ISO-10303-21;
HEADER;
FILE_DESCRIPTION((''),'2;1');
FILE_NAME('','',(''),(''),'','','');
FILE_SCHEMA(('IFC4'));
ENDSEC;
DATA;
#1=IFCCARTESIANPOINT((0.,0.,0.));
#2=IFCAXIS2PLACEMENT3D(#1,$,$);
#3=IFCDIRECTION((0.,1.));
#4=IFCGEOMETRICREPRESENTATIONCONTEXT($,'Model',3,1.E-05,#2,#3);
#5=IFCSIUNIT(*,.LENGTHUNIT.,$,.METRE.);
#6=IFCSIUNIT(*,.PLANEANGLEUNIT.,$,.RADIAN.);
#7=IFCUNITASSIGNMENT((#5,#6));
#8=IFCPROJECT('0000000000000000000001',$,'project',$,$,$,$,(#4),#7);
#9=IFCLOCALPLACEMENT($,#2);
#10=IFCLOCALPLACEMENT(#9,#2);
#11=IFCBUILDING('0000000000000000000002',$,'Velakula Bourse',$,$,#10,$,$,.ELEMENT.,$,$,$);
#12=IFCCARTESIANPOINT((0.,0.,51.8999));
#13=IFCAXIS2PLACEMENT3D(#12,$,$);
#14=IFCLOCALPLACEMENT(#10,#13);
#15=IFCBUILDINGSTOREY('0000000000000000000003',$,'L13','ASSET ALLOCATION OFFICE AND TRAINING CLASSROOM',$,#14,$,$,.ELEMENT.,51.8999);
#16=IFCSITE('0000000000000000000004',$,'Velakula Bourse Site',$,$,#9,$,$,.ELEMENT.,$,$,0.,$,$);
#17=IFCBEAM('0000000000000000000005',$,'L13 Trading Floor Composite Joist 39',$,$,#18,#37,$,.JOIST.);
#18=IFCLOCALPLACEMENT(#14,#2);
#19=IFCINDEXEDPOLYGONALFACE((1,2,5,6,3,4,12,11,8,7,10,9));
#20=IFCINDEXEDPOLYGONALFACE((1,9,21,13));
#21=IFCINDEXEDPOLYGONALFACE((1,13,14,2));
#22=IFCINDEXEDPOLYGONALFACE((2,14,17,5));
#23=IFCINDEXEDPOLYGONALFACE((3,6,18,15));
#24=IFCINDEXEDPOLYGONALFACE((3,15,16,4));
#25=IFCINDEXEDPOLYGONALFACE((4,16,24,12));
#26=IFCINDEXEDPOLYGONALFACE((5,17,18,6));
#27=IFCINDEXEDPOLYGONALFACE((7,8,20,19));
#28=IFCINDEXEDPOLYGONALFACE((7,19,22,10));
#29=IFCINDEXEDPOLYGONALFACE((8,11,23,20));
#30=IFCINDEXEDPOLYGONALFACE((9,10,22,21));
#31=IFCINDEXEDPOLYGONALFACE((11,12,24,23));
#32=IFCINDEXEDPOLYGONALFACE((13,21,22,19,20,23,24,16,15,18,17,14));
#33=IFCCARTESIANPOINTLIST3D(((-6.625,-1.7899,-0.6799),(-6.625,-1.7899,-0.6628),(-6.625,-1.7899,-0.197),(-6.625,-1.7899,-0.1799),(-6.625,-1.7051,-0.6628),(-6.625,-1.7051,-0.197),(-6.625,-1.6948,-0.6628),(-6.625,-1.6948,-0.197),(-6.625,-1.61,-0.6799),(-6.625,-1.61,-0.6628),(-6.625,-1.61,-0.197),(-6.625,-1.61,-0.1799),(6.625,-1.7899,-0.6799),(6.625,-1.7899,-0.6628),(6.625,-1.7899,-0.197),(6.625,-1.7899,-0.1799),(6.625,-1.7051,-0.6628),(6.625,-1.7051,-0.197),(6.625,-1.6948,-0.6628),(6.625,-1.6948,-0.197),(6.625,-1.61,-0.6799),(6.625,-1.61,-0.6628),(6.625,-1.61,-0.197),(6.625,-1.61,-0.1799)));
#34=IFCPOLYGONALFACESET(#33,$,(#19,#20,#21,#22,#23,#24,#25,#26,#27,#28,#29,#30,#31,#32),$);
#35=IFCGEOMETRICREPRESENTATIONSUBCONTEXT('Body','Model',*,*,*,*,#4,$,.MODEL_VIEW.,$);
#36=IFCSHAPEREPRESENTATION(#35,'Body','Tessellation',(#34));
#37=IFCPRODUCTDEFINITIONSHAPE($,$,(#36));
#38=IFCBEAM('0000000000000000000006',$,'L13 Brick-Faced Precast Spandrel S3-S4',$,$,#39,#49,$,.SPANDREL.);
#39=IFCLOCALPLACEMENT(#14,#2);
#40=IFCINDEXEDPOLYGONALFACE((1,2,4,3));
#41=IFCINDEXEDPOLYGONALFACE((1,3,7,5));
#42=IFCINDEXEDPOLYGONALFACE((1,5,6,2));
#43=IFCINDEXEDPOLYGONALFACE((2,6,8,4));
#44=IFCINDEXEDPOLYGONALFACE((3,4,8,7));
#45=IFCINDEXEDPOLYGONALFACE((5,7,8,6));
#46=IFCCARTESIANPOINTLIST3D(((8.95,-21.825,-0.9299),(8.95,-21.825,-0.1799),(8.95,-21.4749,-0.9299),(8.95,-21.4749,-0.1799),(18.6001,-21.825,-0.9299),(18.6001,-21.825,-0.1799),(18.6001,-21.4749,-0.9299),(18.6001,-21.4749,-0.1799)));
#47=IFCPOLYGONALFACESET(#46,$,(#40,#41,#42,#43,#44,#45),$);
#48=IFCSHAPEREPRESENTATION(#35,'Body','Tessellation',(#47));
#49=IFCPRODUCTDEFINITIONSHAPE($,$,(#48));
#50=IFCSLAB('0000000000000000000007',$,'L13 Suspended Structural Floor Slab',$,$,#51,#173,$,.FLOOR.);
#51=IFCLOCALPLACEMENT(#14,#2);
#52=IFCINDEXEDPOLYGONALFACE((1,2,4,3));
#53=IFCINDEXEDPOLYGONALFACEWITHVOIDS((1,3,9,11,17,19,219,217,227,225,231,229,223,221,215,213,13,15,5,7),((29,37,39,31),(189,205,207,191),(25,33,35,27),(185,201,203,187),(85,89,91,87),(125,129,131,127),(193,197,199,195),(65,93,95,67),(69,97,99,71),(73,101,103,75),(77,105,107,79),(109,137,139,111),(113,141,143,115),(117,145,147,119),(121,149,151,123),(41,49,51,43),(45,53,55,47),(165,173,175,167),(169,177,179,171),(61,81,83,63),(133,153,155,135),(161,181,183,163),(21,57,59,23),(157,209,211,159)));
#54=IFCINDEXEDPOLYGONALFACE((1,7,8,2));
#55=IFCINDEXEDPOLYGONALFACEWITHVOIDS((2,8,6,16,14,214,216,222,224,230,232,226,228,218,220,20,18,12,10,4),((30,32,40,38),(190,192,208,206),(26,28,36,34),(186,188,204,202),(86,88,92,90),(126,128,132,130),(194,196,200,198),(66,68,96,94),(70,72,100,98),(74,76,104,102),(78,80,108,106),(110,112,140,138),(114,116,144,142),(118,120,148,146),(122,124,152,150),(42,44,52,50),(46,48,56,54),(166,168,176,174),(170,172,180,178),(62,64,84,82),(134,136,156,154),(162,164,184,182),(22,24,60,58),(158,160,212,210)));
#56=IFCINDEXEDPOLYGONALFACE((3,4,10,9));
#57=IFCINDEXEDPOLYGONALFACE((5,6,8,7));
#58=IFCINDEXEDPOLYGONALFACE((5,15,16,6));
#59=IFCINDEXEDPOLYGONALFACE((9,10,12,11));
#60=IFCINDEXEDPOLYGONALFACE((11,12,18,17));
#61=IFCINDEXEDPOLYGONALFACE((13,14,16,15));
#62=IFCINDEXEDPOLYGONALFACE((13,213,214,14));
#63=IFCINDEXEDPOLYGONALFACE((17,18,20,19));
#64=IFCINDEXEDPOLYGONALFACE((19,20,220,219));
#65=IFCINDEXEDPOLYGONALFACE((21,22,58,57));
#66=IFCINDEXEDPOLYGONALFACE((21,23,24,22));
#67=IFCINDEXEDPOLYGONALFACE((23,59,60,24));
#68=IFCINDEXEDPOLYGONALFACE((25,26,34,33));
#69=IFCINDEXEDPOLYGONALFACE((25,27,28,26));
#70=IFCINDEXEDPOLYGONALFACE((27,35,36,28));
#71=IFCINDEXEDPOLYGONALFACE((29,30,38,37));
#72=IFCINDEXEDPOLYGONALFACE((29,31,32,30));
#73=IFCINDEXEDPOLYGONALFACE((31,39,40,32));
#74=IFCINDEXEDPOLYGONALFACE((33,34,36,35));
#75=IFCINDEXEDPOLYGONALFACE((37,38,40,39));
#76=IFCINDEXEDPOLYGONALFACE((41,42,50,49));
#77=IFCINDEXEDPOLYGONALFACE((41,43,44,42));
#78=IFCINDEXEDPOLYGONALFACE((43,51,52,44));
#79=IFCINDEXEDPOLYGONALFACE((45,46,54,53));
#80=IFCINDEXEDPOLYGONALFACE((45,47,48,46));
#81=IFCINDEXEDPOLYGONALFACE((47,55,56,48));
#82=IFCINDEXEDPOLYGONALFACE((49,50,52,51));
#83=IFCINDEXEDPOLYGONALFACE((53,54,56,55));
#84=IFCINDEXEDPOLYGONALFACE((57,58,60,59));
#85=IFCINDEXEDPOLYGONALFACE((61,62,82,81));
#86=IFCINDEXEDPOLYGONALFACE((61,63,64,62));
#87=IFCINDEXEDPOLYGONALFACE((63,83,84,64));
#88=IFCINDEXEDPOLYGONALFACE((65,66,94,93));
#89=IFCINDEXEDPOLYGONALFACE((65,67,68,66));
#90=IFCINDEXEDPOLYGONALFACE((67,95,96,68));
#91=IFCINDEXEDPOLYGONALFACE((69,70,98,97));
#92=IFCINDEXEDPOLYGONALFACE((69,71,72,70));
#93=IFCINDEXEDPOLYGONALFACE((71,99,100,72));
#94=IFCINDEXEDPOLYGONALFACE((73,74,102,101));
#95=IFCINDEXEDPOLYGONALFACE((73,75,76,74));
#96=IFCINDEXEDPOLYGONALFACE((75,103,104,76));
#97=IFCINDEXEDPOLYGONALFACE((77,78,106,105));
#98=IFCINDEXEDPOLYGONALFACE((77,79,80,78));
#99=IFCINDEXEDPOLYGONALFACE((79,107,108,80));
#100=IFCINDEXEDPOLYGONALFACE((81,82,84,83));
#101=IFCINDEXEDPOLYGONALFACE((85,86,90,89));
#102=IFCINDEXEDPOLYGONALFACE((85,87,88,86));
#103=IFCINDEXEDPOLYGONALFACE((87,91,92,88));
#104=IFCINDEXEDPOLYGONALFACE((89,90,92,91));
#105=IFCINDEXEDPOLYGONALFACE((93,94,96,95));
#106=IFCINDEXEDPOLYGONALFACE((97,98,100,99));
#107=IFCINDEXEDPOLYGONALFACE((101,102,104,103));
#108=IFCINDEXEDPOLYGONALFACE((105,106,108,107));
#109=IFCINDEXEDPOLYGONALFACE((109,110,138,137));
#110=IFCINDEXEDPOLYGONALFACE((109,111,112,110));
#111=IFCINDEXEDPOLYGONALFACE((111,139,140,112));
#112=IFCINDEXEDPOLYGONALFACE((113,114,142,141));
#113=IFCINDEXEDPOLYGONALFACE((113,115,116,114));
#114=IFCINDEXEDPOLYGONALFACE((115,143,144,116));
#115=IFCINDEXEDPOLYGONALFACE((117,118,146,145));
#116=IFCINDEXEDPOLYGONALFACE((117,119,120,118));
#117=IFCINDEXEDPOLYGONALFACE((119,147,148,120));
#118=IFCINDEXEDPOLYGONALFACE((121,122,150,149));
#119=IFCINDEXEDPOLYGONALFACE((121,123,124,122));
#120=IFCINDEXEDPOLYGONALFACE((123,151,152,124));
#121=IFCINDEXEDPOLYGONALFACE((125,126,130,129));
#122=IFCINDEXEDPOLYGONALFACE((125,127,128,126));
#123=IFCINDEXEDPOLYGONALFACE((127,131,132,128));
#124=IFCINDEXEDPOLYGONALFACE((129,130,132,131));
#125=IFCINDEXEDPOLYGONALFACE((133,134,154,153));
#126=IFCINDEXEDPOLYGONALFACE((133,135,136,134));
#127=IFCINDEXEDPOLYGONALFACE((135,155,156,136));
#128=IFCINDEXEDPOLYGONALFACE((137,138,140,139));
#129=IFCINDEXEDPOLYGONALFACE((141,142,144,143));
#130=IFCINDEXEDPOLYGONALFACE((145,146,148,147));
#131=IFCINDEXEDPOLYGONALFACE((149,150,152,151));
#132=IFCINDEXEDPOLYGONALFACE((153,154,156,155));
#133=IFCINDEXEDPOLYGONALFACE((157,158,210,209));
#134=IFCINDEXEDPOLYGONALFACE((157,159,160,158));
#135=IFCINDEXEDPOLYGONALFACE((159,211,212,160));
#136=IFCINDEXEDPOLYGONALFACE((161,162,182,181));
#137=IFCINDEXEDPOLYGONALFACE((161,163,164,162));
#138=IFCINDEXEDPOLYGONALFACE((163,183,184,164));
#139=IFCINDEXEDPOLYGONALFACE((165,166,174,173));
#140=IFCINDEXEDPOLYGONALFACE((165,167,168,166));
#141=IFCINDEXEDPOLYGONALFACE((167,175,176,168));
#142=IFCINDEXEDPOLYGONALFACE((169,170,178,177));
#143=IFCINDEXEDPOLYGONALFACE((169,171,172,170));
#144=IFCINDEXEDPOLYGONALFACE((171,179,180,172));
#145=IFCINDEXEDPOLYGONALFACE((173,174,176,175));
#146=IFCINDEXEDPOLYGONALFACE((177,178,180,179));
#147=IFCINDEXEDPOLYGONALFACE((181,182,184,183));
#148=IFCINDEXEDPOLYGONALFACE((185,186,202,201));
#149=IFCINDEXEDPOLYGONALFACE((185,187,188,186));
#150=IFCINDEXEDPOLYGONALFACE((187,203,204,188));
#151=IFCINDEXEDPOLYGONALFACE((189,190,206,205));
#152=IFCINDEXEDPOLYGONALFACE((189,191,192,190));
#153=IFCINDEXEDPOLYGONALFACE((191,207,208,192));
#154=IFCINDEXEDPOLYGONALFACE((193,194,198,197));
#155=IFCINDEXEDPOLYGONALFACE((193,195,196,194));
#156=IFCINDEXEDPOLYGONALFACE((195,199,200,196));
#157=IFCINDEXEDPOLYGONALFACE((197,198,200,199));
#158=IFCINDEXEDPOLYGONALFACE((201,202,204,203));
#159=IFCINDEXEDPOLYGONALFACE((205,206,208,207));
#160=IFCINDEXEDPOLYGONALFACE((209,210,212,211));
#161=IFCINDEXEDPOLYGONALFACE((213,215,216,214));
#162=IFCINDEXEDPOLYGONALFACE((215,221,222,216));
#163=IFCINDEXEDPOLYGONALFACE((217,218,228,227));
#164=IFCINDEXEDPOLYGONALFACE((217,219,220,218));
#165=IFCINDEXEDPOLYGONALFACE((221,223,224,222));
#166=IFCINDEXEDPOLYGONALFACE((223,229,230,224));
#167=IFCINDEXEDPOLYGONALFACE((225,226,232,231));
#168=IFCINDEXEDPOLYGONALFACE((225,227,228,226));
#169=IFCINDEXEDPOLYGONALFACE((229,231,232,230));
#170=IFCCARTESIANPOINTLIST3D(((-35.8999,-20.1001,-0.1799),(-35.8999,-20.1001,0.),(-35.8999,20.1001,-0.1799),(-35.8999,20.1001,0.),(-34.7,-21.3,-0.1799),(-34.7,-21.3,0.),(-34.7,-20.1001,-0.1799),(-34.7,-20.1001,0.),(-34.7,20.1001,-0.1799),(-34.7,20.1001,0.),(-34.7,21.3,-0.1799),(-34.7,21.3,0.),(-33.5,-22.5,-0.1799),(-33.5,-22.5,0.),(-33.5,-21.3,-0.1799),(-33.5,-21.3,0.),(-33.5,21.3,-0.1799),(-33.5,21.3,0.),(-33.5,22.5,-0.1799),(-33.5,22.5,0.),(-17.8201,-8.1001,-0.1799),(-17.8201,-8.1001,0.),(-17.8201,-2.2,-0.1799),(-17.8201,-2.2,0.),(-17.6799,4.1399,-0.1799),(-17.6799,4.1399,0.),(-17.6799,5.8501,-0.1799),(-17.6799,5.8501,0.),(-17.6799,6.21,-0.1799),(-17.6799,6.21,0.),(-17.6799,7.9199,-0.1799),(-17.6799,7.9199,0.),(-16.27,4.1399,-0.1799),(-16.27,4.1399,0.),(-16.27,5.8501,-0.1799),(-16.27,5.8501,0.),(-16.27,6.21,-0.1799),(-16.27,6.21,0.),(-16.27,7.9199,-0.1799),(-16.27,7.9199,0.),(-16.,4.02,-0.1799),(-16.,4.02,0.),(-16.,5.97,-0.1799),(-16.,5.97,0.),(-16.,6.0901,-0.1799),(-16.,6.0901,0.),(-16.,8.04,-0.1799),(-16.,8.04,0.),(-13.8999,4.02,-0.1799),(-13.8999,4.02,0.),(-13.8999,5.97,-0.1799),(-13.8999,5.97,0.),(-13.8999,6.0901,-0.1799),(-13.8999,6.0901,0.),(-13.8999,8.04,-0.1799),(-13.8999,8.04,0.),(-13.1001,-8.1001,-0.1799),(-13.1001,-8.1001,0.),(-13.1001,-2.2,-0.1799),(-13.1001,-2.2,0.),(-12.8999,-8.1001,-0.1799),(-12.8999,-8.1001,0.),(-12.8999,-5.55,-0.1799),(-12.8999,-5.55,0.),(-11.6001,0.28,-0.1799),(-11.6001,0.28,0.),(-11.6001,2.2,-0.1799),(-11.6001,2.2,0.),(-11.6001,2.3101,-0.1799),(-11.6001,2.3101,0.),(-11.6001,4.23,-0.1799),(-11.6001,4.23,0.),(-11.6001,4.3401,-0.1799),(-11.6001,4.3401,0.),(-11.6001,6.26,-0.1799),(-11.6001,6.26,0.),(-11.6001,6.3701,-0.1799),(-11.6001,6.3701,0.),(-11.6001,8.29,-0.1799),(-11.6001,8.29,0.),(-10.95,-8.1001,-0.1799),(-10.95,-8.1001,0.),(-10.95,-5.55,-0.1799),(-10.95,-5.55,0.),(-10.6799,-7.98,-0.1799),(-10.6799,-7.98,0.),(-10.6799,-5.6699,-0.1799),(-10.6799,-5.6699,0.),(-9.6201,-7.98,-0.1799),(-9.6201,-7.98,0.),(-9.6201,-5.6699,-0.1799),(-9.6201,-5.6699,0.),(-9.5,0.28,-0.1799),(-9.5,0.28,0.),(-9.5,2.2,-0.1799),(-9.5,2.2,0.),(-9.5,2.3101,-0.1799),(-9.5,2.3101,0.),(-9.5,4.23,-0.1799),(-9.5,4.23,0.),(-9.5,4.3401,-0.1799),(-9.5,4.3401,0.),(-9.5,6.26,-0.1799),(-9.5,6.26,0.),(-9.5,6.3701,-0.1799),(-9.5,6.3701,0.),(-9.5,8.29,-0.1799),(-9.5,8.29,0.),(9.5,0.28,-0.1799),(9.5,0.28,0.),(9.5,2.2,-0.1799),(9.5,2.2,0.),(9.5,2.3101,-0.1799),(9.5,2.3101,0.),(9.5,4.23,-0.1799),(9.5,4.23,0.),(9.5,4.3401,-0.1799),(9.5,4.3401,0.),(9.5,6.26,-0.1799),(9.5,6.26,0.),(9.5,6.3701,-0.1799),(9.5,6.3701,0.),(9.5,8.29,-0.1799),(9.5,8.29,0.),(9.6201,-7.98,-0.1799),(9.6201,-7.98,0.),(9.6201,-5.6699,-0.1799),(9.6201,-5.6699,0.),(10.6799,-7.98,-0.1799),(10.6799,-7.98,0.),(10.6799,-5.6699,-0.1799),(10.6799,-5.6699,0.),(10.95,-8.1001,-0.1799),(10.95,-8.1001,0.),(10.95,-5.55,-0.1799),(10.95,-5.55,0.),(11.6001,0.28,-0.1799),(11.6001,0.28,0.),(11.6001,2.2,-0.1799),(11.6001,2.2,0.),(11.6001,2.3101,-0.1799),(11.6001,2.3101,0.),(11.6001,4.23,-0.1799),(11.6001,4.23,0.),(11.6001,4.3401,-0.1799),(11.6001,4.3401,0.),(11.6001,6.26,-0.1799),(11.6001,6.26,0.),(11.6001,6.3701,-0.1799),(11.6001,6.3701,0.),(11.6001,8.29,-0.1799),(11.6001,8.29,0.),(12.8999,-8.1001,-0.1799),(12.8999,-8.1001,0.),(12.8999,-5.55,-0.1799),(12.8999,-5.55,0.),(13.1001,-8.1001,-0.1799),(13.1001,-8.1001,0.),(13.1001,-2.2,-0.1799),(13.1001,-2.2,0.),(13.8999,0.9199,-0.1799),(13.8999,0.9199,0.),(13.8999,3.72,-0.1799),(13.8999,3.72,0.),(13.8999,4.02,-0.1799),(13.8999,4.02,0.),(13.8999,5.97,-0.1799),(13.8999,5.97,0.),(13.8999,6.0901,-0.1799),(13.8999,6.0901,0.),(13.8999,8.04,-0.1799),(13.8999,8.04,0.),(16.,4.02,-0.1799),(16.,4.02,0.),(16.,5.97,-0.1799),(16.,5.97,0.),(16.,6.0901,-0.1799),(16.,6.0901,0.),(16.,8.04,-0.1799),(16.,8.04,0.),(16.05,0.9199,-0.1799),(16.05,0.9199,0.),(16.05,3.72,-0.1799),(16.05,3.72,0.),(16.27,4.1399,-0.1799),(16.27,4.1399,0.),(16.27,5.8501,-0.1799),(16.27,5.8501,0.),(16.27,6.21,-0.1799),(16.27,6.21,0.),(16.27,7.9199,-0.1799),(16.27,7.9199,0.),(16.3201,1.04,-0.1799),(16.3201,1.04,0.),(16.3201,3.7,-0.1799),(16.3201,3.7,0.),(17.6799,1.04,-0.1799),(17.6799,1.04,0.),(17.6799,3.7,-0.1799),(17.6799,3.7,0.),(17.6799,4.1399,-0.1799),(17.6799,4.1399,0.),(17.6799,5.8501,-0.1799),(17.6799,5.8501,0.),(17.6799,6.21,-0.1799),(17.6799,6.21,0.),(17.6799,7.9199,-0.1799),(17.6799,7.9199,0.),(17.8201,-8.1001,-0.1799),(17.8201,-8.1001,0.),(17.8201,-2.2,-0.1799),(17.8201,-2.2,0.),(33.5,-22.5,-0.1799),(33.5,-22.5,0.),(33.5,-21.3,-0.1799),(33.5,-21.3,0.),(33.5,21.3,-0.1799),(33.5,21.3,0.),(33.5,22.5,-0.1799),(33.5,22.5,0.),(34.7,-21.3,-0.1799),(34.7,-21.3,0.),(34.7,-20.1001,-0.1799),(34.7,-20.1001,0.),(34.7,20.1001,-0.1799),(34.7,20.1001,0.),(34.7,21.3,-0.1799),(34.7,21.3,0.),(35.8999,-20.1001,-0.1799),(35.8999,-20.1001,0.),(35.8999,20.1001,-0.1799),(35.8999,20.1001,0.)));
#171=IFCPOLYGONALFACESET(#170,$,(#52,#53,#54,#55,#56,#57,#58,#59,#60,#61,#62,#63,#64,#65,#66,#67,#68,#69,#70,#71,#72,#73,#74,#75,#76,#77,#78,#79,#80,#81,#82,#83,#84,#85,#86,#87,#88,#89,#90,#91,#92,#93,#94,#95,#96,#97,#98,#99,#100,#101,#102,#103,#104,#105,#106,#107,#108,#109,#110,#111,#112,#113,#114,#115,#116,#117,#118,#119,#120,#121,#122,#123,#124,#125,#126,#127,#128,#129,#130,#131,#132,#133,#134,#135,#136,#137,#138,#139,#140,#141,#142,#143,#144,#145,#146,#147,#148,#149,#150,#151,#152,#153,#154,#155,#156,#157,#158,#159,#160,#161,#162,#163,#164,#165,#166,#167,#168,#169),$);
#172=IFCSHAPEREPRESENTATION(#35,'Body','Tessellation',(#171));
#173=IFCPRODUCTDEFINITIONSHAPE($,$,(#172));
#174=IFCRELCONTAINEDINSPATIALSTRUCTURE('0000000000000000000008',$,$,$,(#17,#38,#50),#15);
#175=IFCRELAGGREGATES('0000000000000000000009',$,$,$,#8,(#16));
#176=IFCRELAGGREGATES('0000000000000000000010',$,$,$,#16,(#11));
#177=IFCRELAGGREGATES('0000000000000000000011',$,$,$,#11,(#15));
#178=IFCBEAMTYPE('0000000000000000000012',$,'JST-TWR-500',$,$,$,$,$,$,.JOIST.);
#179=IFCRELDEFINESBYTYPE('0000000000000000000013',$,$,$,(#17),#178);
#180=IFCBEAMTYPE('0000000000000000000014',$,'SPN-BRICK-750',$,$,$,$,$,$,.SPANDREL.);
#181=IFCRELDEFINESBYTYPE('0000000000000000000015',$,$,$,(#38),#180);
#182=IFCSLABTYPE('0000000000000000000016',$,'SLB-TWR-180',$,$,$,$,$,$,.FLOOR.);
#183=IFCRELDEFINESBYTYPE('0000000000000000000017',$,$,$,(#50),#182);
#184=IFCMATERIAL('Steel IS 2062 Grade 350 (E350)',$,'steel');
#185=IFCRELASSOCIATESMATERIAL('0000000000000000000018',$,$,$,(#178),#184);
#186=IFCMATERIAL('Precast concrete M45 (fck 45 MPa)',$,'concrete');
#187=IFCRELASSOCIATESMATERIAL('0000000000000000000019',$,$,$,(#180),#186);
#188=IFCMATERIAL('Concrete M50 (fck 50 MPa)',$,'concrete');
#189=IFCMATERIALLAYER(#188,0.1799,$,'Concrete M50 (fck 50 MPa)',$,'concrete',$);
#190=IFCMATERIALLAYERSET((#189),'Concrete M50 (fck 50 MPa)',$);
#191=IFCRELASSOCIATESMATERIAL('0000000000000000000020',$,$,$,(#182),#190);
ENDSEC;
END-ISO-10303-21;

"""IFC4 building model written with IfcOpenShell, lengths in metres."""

from ifc_helpers import new_model, si_unit, direction, frame, origin, origin_2d, place, context, subcontext, project, spatial, polyline, rectangle, i_section, outline, extrude, material, layer, layer_set, material_profile, profile_set, type_object, element, save


model = new_model("IFC4")

# Units and contexts
model_context = context("Model", 3, precision=1e-05, world=origin(), true_north=direction((0.0, 1.0)))
body_context = subcontext(model_context, "Body", "Model", "MODEL_VIEW")
ifc_project = project(units=[si_unit("LENGTHUNIT", "METRE"), si_unit("PLANEANGLEUNIT", "RADIAN")], contexts=[model_context])

# Site, building, storey
site_placement = place(None, origin())
site = spatial("IfcSite", under=ifc_project, at=site_placement, Name="Velakula Bourse Site", CompositionType="ELEMENT", RefElevation=0.0)
building_placement = place(site_placement, origin())
building = spatial("IfcBuilding", under=site, at=building_placement, Name="Velakula Bourse", CompositionType="ELEMENT")
storey_placement = place(building_placement, frame((0.0, 0.0, 51.8999)))
storey = spatial("IfcBuildingStorey", under=building, at=storey_placement, Name="L13", Description="ASSET ALLOCATION OFFICE AND TRAINING CLASSROOM", CompositionType="ELEMENT", Elevation=51.8999)

# Beams
ifc_material_1 = material(Name="Steel IS 2062 Grade 350 (E350)", Category="steel")
ifc_material_profile_1 = material_profile(ifc_material_1, i_section(OverallWidth=0.1799, OverallDepth=0.5, WebThickness=0.0103, FlangeThickness=0.0171, at=origin_2d()), Name="Steel IS 2062 Grade 350 (E350)")
ifc_profile_set_1 = profile_set([ifc_material_profile_1], Name="Steel IS 2062 Grade 350 (E350)")
beam_type_1 = type_object("IfcBeamType", Name="JST-TWR-500", PredefinedType="JOIST", material=ifc_profile_set_1)
beam_1_placement = place(storey_placement, frame((-6.625, -1.7, -0.4299), z_axis=(1.0, 0.0, 0.0), x_axis=(0.0, 1.0, 0.0)))
element("IfcBeam", 1, at=beam_1_placement, inside=storey, type_object=beam_type_1, Name="L13 Trading Floor Composite Joist 39", PredefinedType="JOIST", context=body_context, shape_type="SweptSolid", body=[
    extrude(i_section(OverallWidth=0.1799, OverallDepth=0.5, WebThickness=0.0103, FlangeThickness=0.0171, at=origin_2d()), origin(), (0.0, 0.0, 1.0), 13.25),
])
ifc_material_2 = material(Name="Precast concrete M45 (fck 45 MPa)", Category="concrete")
ifc_material_profile_2 = material_profile(ifc_material_2, rectangle(XDim=0.3501, YDim=0.75, at=origin_2d()), Name="Precast concrete M45 (fck 45 MPa)")
ifc_profile_set_2 = profile_set([ifc_material_profile_2], Name="Precast concrete M45 (fck 45 MPa)")
beam_type_2 = type_object("IfcBeamType", Name="SPN-BRICK-750", PredefinedType="SPANDREL", material=ifc_profile_set_2)
beam_2_placement = place(storey_placement, frame((8.95, -21.6499, -0.5549), z_axis=(1.0, 0.0, 0.0), x_axis=(0.0, 1.0, 0.0)))
element("IfcBeam", 2, at=beam_2_placement, inside=storey, type_object=beam_type_2, Name="L13 Brick-Faced Precast Spandrel S3-S4", PredefinedType="SPANDREL", context=body_context, shape_type="SweptSolid", body=[
    extrude(rectangle(XDim=0.3501, YDim=0.75, at=origin_2d()), origin(), (0.0, 0.0, 1.0), 9.6501),
])

# Slab
ifc_material_3 = material(Name="Concrete M50 (fck 50 MPa)", Category="concrete")
ifc_layer_1 = layer(ifc_material_3, 0.1799, Name="Concrete M50 (fck 50 MPa)", Category="concrete")
ifc_layer_set_1 = layer_set([ifc_layer_1], Name="Concrete M50 (fck 50 MPa)")
slab_type = type_object("IfcSlabType", Name="SLB-TWR-180", PredefinedType="FLOOR", material=ifc_layer_set_1)
slab_placement = place(storey_placement, frame((0.0, 0.0, -0.1799)))
element("IfcSlab", 3, at=slab_placement, inside=storey, type_object=slab_type, Name="L13 Suspended Structural Floor Slab", PredefinedType="FLOOR", context=body_context, shape_type="SweptSolid", body=[
    extrude(outline(polyline([(-33.5, -22.5), (33.5, -22.5), (33.5, -21.3), (34.7, -21.3), (34.7, -20.1001), (35.8999, -20.1001), (35.8999, 20.1001), (34.7, 20.1001), (34.7, 21.3), (33.5, 21.3), (33.5, 22.5), (-33.5, 22.5), (-33.5, 21.3), (-34.7, 21.3), (-34.7, 20.1001), (-35.8999, 20.1001), (-35.8999, -20.1001), (-34.7, -20.1001), (-34.7, -21.3), (-33.5, -21.3), (-33.5, -22.5)]), holes=[polyline([(-17.8201, -8.1001), (-13.1001, -8.1001), (-13.1001, -2.2), (-17.8201, -2.2), (-17.8201, -8.1001)]), polyline([(13.1001, -8.1001), (17.8201, -8.1001), (17.8201, -2.2), (13.1001, -2.2), (13.1001, -8.1001)]), polyline([(-12.8999, -8.1001), (-10.95, -8.1001), (-10.95, -5.55), (-12.8999, -5.55), (-12.8999, -8.1001)]), polyline([(10.95, -8.1001), (12.8999, -8.1001), (12.8999, -5.55), (10.95, -5.55), (10.95, -8.1001)]), polyline([(13.8999, 0.9199), (16.05, 0.9199), (16.05, 3.72), (13.8999, 3.72), (13.8999, 0.9199)]), polyline([(-10.6799, -7.98), (-9.6201, -7.98), (-9.6201, -5.6699), (-10.6799, -5.6699), (-10.6799, -7.98)]), polyline([(-17.6799, 4.1399), (-16.27, 4.1399), (-16.27, 5.8501), (-17.6799, 5.8501), (-17.6799, 4.1399)]), polyline([(-17.6799, 6.21), (-16.27, 6.21), (-16.27, 7.9199), (-17.6799, 7.9199), (-17.6799, 6.21)]), polyline([(9.6201, -7.98), (10.6799, -7.98), (10.6799, -5.6699), (9.6201, -5.6699), (9.6201, -7.98)]), polyline([(16.27, 4.1399), (17.6799, 4.1399), (17.6799, 5.8501), (16.27, 5.8501), (16.27, 4.1399)]), polyline([(16.27, 6.21), (17.6799, 6.21), (17.6799, 7.9199), (16.27, 7.9199), (16.27, 6.21)]), polyline([(16.3201, 1.04), (17.6799, 1.04), (17.6799, 3.7), (16.3201, 3.7), (16.3201, 1.04)]), polyline([(-11.6001, 0.28), (-9.5, 0.28), (-9.5, 2.2), (-11.6001, 2.2), (-11.6001, 0.28)]), polyline([(-11.6001, 2.3101), (-9.5, 2.3101), (-9.5, 4.23), (-11.6001, 4.23), (-11.6001, 2.3101)]), polyline([(-11.6001, 4.3401), (-9.5, 4.3401), (-9.5, 6.26), (-11.6001, 6.26), (-11.6001, 4.3401)]), polyline([(-11.6001, 6.3701), (-9.5, 6.3701), (-9.5, 8.29), (-11.6001, 8.29), (-11.6001, 6.3701)]), polyline([(9.5, 0.28), (11.6001, 0.28), (11.6001, 2.2), (9.5, 2.2), (9.5, 0.28)]), polyline([(9.5, 2.3101), (11.6001, 2.3101), (11.6001, 4.23), (9.5, 4.23), (9.5, 2.3101)]), polyline([(9.5, 4.3401), (11.6001, 4.3401), (11.6001, 6.26), (9.5, 6.26), (9.5, 4.3401)]), polyline([(9.5, 6.3701), (11.6001, 6.3701), (11.6001, 8.29), (9.5, 8.29), (9.5, 6.3701)]), polyline([(-16.0, 4.02), (-13.8999, 4.02), (-13.8999, 5.97), (-16.0, 5.97), (-16.0, 4.02)]), polyline([(-16.0, 6.0901), (-13.8999, 6.0901), (-13.8999, 8.04), (-16.0, 8.04), (-16.0, 6.0901)]), polyline([(13.8999, 4.02), (16.0, 4.02), (16.0, 5.97), (13.8999, 5.97), (13.8999, 4.02)]), polyline([(13.8999, 6.0901), (16.0, 6.0901), (16.0, 8.04), (13.8999, 8.04), (13.8999, 6.0901)])]), origin(), (0.0, 0.0, 1.0), 0.1799),
])

save(model, "model.ifc")
